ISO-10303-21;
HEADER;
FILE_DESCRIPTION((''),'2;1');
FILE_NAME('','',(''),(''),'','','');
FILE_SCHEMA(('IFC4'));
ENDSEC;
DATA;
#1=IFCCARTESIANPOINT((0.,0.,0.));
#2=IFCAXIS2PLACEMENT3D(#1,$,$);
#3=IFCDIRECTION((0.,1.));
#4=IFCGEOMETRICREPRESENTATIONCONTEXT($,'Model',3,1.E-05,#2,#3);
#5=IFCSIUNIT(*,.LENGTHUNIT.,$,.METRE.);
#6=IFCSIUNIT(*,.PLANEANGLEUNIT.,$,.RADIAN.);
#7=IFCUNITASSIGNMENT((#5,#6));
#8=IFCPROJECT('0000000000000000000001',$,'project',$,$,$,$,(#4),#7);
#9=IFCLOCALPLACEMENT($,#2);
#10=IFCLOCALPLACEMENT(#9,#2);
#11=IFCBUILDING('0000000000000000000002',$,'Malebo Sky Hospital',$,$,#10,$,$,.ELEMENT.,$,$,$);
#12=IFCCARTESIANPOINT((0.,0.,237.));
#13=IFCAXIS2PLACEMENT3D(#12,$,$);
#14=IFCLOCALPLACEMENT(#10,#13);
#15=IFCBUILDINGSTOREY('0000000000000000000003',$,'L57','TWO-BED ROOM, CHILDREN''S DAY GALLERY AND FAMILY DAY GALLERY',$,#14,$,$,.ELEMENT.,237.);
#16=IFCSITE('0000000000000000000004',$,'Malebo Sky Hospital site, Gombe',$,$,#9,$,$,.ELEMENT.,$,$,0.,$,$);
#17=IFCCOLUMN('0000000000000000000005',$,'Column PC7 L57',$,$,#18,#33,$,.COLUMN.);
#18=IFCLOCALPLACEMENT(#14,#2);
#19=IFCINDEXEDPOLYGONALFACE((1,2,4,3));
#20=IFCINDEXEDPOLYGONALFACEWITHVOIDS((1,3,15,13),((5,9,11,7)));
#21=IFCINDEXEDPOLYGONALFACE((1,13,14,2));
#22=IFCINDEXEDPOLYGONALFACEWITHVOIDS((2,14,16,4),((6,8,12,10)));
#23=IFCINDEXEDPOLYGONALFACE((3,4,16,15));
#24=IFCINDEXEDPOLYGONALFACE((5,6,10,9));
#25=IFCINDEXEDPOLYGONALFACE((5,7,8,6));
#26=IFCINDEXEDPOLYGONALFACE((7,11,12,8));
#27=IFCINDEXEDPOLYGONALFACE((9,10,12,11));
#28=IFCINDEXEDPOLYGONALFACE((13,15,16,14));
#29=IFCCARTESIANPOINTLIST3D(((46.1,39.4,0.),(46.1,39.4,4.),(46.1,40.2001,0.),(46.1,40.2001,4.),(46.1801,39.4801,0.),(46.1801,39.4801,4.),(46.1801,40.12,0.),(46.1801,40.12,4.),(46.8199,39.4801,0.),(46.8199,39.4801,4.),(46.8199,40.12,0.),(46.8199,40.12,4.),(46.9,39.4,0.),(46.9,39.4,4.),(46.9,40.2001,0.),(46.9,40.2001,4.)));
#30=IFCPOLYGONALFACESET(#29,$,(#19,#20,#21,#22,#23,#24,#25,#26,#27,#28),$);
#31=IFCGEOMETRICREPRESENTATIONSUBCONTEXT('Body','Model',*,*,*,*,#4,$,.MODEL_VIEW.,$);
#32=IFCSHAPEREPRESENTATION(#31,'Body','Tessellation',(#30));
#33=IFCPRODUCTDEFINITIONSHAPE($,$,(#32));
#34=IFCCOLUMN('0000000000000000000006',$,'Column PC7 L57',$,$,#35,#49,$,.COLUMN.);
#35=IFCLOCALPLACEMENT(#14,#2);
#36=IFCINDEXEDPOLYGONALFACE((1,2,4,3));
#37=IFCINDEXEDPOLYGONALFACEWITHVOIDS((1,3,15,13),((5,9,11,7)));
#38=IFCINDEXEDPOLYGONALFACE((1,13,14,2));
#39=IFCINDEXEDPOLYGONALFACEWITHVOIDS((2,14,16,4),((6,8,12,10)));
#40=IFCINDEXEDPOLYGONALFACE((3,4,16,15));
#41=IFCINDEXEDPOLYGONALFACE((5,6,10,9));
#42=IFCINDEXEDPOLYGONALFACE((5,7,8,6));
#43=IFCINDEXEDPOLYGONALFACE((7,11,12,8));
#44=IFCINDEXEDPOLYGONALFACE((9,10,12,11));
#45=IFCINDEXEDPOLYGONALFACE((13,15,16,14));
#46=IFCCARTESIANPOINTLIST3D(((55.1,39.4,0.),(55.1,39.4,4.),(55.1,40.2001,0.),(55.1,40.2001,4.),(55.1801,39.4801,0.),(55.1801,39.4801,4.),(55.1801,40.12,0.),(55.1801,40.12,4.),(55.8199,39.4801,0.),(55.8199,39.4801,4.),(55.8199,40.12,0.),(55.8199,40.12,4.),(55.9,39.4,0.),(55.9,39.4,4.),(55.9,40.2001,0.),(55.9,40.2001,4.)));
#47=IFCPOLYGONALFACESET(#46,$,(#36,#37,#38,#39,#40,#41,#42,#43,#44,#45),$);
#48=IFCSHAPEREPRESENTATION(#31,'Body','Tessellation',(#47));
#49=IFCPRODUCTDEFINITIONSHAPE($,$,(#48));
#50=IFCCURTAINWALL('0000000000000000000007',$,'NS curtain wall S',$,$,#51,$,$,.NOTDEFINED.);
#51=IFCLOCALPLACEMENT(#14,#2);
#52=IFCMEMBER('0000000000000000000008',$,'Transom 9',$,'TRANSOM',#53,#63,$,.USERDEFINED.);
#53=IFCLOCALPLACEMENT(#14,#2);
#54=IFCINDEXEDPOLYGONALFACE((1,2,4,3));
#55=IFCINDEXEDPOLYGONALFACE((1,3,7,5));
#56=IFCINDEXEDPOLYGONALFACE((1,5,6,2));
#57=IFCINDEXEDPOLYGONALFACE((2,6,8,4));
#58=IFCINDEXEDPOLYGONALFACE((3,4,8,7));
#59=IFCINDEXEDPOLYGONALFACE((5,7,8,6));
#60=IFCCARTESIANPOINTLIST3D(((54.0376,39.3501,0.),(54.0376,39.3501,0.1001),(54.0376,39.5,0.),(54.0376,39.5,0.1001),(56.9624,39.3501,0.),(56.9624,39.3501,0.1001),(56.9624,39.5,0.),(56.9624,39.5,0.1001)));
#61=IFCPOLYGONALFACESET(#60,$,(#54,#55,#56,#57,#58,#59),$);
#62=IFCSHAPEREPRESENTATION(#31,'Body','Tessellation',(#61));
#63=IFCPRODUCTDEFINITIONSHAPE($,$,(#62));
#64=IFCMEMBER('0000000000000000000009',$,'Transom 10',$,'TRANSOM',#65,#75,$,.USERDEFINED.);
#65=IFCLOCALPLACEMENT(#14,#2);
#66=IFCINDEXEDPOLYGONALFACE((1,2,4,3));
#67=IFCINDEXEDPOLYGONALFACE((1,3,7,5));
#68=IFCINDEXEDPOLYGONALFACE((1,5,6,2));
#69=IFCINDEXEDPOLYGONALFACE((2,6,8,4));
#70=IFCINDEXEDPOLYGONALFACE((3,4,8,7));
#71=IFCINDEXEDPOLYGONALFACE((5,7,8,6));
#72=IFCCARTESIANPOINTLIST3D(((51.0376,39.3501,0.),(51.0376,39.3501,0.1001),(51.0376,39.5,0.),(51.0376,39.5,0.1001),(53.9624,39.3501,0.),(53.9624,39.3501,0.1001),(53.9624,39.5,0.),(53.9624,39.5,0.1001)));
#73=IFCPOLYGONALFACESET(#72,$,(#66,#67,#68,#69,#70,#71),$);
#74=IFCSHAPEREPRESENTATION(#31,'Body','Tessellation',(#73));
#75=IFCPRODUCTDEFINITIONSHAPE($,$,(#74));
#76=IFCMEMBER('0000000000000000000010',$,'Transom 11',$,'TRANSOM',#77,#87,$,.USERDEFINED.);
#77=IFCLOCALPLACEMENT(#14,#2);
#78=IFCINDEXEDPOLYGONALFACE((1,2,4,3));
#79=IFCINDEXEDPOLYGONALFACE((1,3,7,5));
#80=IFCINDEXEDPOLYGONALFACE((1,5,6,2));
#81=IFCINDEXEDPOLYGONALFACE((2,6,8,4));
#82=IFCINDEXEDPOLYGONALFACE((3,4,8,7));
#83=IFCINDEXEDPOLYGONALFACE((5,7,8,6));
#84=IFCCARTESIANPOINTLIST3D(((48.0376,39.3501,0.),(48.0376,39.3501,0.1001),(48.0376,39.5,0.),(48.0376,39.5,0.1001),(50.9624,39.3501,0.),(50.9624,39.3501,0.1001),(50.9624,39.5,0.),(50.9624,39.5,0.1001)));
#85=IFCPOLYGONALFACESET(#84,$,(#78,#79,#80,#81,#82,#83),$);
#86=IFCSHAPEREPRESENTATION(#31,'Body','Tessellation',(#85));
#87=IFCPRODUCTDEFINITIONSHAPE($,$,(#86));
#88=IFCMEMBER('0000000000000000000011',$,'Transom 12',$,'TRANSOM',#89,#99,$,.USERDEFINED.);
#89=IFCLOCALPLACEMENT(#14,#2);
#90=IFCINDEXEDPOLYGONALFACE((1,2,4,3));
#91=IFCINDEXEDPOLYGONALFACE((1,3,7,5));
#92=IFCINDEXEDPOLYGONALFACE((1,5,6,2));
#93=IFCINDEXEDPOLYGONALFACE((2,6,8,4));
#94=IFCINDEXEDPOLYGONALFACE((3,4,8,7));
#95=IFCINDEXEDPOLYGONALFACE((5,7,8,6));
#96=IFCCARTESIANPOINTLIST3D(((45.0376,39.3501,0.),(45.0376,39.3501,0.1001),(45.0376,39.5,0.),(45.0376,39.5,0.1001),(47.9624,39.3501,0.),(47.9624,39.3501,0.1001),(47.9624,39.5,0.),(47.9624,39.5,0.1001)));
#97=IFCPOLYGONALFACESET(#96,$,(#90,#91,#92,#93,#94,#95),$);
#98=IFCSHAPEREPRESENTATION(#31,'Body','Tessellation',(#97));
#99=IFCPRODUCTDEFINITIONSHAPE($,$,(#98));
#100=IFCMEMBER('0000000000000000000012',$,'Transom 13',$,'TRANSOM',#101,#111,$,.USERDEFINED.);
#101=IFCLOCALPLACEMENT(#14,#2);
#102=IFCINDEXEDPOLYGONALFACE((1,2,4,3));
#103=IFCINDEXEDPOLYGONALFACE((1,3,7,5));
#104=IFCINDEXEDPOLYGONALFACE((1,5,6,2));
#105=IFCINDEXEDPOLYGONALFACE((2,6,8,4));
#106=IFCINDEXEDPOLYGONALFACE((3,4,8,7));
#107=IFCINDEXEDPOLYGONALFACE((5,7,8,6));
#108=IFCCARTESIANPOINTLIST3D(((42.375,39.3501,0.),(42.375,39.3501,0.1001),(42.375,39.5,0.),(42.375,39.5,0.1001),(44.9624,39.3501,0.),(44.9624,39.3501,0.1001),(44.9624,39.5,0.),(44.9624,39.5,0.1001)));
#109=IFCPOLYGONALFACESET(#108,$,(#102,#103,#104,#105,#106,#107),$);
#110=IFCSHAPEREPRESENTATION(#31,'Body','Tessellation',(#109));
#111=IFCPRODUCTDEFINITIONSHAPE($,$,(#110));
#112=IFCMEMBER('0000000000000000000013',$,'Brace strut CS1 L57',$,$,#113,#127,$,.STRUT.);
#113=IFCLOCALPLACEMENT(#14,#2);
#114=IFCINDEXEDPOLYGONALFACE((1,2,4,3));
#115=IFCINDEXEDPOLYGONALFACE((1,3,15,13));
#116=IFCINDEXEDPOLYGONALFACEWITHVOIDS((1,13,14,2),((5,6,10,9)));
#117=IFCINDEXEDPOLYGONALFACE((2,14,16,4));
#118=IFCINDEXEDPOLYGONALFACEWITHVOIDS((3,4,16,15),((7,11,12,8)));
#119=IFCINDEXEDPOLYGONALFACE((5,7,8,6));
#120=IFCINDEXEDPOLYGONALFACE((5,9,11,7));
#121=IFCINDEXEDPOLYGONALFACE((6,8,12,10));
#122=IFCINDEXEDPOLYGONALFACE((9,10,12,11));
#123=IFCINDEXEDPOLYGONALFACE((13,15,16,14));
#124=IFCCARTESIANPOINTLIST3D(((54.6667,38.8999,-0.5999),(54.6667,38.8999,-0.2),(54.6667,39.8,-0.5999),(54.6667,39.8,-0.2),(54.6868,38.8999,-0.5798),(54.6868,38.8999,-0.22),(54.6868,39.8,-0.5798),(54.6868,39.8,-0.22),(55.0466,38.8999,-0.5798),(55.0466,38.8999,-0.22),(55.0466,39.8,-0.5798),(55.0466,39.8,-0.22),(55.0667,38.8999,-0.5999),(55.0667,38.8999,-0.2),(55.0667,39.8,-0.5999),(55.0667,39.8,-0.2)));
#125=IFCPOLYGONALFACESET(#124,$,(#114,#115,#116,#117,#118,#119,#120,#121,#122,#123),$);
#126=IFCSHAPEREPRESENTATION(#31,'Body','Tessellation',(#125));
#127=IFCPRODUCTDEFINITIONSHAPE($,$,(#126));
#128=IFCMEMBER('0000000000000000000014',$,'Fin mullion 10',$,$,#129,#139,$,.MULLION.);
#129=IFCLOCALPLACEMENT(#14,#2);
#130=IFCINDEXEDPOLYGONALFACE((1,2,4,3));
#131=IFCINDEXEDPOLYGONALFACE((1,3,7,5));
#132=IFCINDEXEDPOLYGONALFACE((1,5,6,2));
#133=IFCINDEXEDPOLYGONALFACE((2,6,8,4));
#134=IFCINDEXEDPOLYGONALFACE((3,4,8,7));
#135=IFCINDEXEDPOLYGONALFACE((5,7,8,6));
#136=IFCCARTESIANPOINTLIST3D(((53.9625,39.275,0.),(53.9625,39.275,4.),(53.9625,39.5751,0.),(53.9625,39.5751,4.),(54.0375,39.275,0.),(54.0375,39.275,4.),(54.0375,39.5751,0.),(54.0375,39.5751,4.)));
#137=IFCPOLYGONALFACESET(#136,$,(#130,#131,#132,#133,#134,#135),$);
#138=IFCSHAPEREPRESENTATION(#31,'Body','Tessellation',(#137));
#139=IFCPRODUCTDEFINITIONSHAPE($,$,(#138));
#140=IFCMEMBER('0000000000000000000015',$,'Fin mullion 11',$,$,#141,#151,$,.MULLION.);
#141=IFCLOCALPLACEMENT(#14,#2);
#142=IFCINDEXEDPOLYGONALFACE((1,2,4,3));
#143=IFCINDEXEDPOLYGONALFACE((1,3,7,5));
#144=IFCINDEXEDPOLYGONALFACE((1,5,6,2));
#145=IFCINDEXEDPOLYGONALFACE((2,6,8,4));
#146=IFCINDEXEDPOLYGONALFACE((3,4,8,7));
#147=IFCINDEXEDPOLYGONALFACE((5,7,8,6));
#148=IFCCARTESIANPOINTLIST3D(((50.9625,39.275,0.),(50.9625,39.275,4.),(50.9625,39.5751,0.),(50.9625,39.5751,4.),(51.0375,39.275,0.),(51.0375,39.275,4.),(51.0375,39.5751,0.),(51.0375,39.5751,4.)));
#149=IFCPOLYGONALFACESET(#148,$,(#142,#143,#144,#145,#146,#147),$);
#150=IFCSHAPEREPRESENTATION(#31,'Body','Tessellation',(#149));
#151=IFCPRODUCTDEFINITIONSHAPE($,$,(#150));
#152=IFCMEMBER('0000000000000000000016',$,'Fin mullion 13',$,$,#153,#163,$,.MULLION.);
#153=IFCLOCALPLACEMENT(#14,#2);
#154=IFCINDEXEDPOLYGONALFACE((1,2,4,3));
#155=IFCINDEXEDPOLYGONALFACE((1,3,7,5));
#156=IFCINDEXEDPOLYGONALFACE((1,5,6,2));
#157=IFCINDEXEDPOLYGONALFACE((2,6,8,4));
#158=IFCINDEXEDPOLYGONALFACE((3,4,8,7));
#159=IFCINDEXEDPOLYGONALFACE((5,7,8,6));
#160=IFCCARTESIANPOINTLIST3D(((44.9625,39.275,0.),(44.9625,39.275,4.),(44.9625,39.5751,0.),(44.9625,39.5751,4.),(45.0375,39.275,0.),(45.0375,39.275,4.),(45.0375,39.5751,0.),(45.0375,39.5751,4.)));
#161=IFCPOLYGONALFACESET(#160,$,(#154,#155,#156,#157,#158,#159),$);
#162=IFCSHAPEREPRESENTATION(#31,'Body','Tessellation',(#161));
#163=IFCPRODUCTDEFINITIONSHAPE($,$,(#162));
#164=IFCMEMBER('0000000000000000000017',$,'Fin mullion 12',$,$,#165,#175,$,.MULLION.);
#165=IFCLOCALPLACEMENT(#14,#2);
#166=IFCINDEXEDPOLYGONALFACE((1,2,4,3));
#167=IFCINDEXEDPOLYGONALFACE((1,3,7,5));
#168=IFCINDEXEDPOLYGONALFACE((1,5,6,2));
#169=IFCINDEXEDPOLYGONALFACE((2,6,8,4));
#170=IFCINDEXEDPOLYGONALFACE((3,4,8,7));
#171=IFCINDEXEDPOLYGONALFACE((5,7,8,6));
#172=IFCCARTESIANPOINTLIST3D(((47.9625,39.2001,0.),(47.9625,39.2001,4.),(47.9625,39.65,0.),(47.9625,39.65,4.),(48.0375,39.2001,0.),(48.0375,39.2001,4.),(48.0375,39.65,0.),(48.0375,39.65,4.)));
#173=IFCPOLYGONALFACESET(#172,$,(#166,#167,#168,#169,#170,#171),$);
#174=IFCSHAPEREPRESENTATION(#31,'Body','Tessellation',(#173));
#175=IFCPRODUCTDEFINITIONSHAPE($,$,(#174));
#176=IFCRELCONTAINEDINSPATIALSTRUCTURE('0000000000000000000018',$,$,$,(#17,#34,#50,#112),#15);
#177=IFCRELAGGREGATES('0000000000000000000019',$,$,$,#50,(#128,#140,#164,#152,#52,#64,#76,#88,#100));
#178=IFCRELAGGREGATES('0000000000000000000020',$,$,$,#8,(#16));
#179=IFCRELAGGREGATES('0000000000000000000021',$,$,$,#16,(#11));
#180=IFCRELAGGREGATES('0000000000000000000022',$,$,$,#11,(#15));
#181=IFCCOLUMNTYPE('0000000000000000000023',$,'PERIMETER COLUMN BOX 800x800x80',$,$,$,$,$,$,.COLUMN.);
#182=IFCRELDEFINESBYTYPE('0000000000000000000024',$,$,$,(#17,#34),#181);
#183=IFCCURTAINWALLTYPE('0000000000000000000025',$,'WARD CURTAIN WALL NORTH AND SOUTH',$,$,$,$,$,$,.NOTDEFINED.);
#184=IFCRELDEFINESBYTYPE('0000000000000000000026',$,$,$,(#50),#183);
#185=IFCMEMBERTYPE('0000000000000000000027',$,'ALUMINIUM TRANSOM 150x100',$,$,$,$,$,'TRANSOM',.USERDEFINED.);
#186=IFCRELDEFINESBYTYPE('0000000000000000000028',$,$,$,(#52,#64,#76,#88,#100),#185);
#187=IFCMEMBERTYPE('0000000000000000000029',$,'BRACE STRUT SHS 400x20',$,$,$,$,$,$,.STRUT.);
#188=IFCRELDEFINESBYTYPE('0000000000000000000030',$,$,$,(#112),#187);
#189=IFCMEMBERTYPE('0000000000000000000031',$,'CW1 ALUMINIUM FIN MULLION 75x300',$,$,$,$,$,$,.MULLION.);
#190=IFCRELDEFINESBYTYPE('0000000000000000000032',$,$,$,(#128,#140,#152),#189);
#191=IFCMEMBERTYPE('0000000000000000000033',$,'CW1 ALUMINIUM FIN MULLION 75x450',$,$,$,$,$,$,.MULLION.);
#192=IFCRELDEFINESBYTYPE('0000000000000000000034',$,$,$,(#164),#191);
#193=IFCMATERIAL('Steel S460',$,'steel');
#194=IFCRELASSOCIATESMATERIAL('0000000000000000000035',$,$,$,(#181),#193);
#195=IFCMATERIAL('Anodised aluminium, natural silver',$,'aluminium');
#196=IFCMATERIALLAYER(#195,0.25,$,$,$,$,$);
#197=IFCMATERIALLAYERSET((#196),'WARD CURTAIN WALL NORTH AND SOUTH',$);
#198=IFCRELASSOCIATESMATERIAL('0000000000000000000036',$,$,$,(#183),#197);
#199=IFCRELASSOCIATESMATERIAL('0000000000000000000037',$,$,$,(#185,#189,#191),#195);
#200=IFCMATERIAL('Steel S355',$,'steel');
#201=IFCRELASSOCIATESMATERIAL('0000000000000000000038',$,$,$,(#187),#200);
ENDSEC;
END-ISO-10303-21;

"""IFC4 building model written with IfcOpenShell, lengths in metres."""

from ifc_helpers import new_model, si_unit, direction, frame, origin, origin_2d, place, context, subcontext, project, spatial, rectangle, hollow_rectangle, extrude, material, layer, layer_set, material_profile, profile_set, type_object, element, aggregate, save


model = new_model("IFC4")

# Units and contexts
model_context = context("Model", 3, precision=1e-05, world=origin(), true_north=direction((0.0, 1.0)))
body_context = subcontext(model_context, "Body", "Model", "MODEL_VIEW")
ifc_project = project(units=[si_unit("LENGTHUNIT", "METRE"), si_unit("PLANEANGLEUNIT", "RADIAN")], contexts=[model_context])

# Site, building, storey
site_placement = place(None, origin())
site = spatial("IfcSite", under=ifc_project, at=site_placement, Name="Malebo Sky Hospital site, Gombe", CompositionType="ELEMENT", RefElevation=0.0)
building_placement = place(site_placement, origin())
building = spatial("IfcBuilding", under=site, at=building_placement, Name="Malebo Sky Hospital", CompositionType="ELEMENT")
storey_placement = place(building_placement, frame((0.0, 0.0, 237.0)))
storey = spatial("IfcBuildingStorey", under=building, at=storey_placement, Name="L57", Description="TWO-BED ROOM, CHILDREN'S DAY GALLERY AND FAMILY DAY GALLERY", CompositionType="ELEMENT", Elevation=237.0)

# Columns
ifc_material_1 = material(Name="Steel S460", Category="steel")
ifc_material_profile_1 = material_profile(ifc_material_1, hollow_rectangle(XDim=0.8, YDim=0.8, WallThickness=0.0801, at=origin_2d()), Name="BOX 800x800x80")
ifc_profile_set_1 = profile_set([ifc_material_profile_1], Name="Steel S460")
column_type = type_object("IfcColumnType", Name="PERIMETER COLUMN BOX 800x800x80", PredefinedType="COLUMN", material=ifc_profile_set_1)
for number, where, z_axis, x_axis, name in (
    (1, (46.5, 39.8, 0.0), (0.0, 0.0, 1.0), (1.0, 0.0, 0.0), "Column PC7 L57"),
    (2, (55.5, 39.8, 0.0), (0.0, 0.0, 1.0), (1.0, 0.0, 0.0), "Column PC7 L57"),
):
    element("IfcColumn", number, at=place(storey_placement, frame(where, z_axis=z_axis, x_axis=x_axis)), inside=storey, type_object=column_type, Name=name, PredefinedType="COLUMN", context=body_context, shape_type="SweptSolid", body=[
        extrude(hollow_rectangle(XDim=0.8, YDim=0.8, WallThickness=0.0801, at=origin_2d()), origin(), (0.0, 0.0, 1.0), 4.0),
    ])

# Curtain wall, members
ifc_material_2 = material(Name="Anodised aluminium, natural silver", Category="aluminium")
ifc_layer_1 = layer(ifc_material_2, 0.25)
ifc_layer_set_1 = layer_set([ifc_layer_1], Name="WARD CURTAIN WALL NORTH AND SOUTH")
curtain_wall_type = type_object("IfcCurtainWallType", Name="WARD CURTAIN WALL NORTH AND SOUTH", PredefinedType="NOTDEFINED", material=ifc_layer_set_1)
curtain_wall_placement = place(storey_placement, origin())
curtain_wall = element("IfcCurtainWall", 3, at=curtain_wall_placement, inside=storey, type_object=curtain_wall_type, Name="NS curtain wall S", PredefinedType="NOTDEFINED")
ifc_material_profile_2 = material_profile(ifc_material_2, rectangle(XDim=0.1499, YDim=0.1001, at=origin_2d()), Name="ALUMINIUM TRANSOM 150x100")
ifc_profile_set_2 = profile_set([ifc_material_profile_2], Name="Anodised aluminium, natural silver")
member_type_1 = type_object("IfcMemberType", Name="ALUMINIUM TRANSOM 150x100", ElementType="TRANSOM", PredefinedType="USERDEFINED", material=ifc_profile_set_2)
member_1_placement = place(storey_placement, frame((56.9624, 39.425, 0.05), z_axis=(-1.0, 0.0, 0.0), x_axis=(0.0, -1.0, 0.0)))
member_1 = element("IfcMember", 4, at=member_1_placement, type_object=member_type_1, Name="Transom 9", ObjectType="TRANSOM", PredefinedType="USERDEFINED", context=body_context, shape_type="SweptSolid", body=[
    extrude(rectangle(XDim=0.1499, YDim=0.1001, at=origin_2d()), origin(), (0.0, 0.0, 1.0), 2.9248),
])
member_2_placement = place(storey_placement, frame((53.9624, 39.425, 0.05), z_axis=(-1.0, 0.0, 0.0), x_axis=(0.0, -1.0, 0.0)))
member_2 = element("IfcMember", 5, at=member_2_placement, type_object=member_type_1, Name="Transom 10", ObjectType="TRANSOM", PredefinedType="USERDEFINED", context=body_context, shape_type="SweptSolid", body=[
    extrude(rectangle(XDim=0.1499, YDim=0.1001, at=origin_2d()), origin(), (0.0, 0.0, 1.0), 2.9248),
])
member_3_placement = place(storey_placement, frame((50.9624, 39.425, 0.05), z_axis=(-1.0, 0.0, 0.0), x_axis=(0.0, -1.0, 0.0)))
member_3 = element("IfcMember", 6, at=member_3_placement, type_object=member_type_1, Name="Transom 11", ObjectType="TRANSOM", PredefinedType="USERDEFINED", context=body_context, shape_type="SweptSolid", body=[
    extrude(rectangle(XDim=0.1499, YDim=0.1001, at=origin_2d()), origin(), (0.0, 0.0, 1.0), 2.9248),
])
member_4_placement = place(storey_placement, frame((47.9624, 39.425, 0.05), z_axis=(-1.0, 0.0, 0.0), x_axis=(0.0, -1.0, 0.0)))
member_4 = element("IfcMember", 7, at=member_4_placement, type_object=member_type_1, Name="Transom 12", ObjectType="TRANSOM", PredefinedType="USERDEFINED", context=body_context, shape_type="SweptSolid", body=[
    extrude(rectangle(XDim=0.1499, YDim=0.1001, at=origin_2d()), origin(), (0.0, 0.0, 1.0), 2.9248),
])
member_5_placement = place(storey_placement, frame((44.9624, 39.425, 0.05), z_axis=(-1.0, 0.0, 0.0), x_axis=(0.0, -1.0, 0.0)))
member_5 = element("IfcMember", 8, at=member_5_placement, type_object=member_type_1, Name="Transom 13", ObjectType="TRANSOM", PredefinedType="USERDEFINED", context=body_context, shape_type="SweptSolid", body=[
    extrude(rectangle(XDim=0.1499, YDim=0.1001, at=origin_2d()), origin(), (0.0, 0.0, 1.0), 2.5874),
])

# Members
ifc_material_3 = material(Name="Steel S355", Category="steel")
ifc_material_profile_3 = material_profile(ifc_material_3, hollow_rectangle(XDim=0.3999, YDim=0.3999, WallThickness=0.02, at=origin_2d()), Name="SHS 400x20")
ifc_profile_set_3 = profile_set([ifc_material_profile_3], Name="Steel S355")
member_type_2 = type_object("IfcMemberType", Name="BRACE STRUT SHS 400x20", PredefinedType="STRUT", material=ifc_profile_set_3)
member_6_placement = place(storey_placement, frame((54.8667, 38.8999, -0.3999), z_axis=(0.0, 1.0, 0.0), x_axis=(-1.0, 0.0, 0.0)))
element("IfcMember", 9, at=member_6_placement, inside=storey, type_object=member_type_2, Name="Brace strut CS1 L57", PredefinedType="STRUT", context=body_context, shape_type="SweptSolid", body=[
    extrude(hollow_rectangle(XDim=0.3999, YDim=0.3999, WallThickness=0.02, at=origin_2d()), origin(), (0.0, 0.0, 1.0), 0.9001),
])
ifc_material_profile_4 = material_profile(ifc_material_2, rectangle(XDim=0.075, YDim=0.3, at=origin_2d()), Name="CW1 ALUMINIUM FIN MULLION 75x300")
ifc_profile_set_4 = profile_set([ifc_material_profile_4], Name="Anodised aluminium, natural silver")
member_type_3 = type_object("IfcMemberType", Name="CW1 ALUMINIUM FIN MULLION 75x300", PredefinedType="MULLION", material=ifc_profile_set_4)
member_7_placement = place(storey_placement, frame((54.0, 39.425, 0.0), z_axis=(0.0, 0.0, 1.0), x_axis=(-1.0, 0.0, 0.0)))
member_7 = element("IfcMember", 10, at=member_7_placement, type_object=member_type_3, Name="Fin mullion 10", PredefinedType="MULLION", context=body_context, shape_type="SweptSolid", body=[
    extrude(rectangle(XDim=0.075, YDim=0.3, at=origin_2d()), origin(), (0.0, 0.0, 1.0), 4.0),
])
member_8_placement = place(storey_placement, frame((51.0, 39.425, 0.0), z_axis=(0.0, 0.0, 1.0), x_axis=(-1.0, 0.0, 0.0)))
member_8 = element("IfcMember", 11, at=member_8_placement, type_object=member_type_3, Name="Fin mullion 11", PredefinedType="MULLION", context=body_context, shape_type="SweptSolid", body=[
    extrude(rectangle(XDim=0.075, YDim=0.3, at=origin_2d()), origin(), (0.0, 0.0, 1.0), 4.0),
])
member_9_placement = place(storey_placement, frame((45.0, 39.425, 0.0), z_axis=(0.0, 0.0, 1.0), x_axis=(-1.0, 0.0, 0.0)))
member_9 = element("IfcMember", 12, at=member_9_placement, type_object=member_type_3, Name="Fin mullion 13", PredefinedType="MULLION", context=body_context, shape_type="SweptSolid", body=[
    extrude(rectangle(XDim=0.075, YDim=0.3, at=origin_2d()), origin(), (0.0, 0.0, 1.0), 4.0),
])
ifc_material_profile_5 = material_profile(ifc_material_2, rectangle(XDim=0.075, YDim=0.45, at=origin_2d()), Name="CW1 ALUMINIUM FIN MULLION 75x450")
ifc_profile_set_5 = profile_set([ifc_material_profile_5], Name="Anodised aluminium, natural silver")
member_type_4 = type_object("IfcMemberType", Name="CW1 ALUMINIUM FIN MULLION 75x450", PredefinedType="MULLION", material=ifc_profile_set_5)
member_10_placement = place(storey_placement, frame((48.0, 39.425, 0.0), z_axis=(0.0, 0.0, 1.0), x_axis=(-1.0, 0.0, 0.0)))
member_10 = element("IfcMember", 13, at=member_10_placement, type_object=member_type_4, Name="Fin mullion 12", PredefinedType="MULLION", context=body_context, shape_type="SweptSolid", body=[
    extrude(rectangle(XDim=0.075, YDim=0.45, at=origin_2d()), origin(), (0.0, 0.0, 1.0), 4.0),
])

aggregate(curtain_wall, [member_7, member_8, member_10, member_9, member_1, member_2, member_3, member_4, member_5])

save(model, "model.ifc")
